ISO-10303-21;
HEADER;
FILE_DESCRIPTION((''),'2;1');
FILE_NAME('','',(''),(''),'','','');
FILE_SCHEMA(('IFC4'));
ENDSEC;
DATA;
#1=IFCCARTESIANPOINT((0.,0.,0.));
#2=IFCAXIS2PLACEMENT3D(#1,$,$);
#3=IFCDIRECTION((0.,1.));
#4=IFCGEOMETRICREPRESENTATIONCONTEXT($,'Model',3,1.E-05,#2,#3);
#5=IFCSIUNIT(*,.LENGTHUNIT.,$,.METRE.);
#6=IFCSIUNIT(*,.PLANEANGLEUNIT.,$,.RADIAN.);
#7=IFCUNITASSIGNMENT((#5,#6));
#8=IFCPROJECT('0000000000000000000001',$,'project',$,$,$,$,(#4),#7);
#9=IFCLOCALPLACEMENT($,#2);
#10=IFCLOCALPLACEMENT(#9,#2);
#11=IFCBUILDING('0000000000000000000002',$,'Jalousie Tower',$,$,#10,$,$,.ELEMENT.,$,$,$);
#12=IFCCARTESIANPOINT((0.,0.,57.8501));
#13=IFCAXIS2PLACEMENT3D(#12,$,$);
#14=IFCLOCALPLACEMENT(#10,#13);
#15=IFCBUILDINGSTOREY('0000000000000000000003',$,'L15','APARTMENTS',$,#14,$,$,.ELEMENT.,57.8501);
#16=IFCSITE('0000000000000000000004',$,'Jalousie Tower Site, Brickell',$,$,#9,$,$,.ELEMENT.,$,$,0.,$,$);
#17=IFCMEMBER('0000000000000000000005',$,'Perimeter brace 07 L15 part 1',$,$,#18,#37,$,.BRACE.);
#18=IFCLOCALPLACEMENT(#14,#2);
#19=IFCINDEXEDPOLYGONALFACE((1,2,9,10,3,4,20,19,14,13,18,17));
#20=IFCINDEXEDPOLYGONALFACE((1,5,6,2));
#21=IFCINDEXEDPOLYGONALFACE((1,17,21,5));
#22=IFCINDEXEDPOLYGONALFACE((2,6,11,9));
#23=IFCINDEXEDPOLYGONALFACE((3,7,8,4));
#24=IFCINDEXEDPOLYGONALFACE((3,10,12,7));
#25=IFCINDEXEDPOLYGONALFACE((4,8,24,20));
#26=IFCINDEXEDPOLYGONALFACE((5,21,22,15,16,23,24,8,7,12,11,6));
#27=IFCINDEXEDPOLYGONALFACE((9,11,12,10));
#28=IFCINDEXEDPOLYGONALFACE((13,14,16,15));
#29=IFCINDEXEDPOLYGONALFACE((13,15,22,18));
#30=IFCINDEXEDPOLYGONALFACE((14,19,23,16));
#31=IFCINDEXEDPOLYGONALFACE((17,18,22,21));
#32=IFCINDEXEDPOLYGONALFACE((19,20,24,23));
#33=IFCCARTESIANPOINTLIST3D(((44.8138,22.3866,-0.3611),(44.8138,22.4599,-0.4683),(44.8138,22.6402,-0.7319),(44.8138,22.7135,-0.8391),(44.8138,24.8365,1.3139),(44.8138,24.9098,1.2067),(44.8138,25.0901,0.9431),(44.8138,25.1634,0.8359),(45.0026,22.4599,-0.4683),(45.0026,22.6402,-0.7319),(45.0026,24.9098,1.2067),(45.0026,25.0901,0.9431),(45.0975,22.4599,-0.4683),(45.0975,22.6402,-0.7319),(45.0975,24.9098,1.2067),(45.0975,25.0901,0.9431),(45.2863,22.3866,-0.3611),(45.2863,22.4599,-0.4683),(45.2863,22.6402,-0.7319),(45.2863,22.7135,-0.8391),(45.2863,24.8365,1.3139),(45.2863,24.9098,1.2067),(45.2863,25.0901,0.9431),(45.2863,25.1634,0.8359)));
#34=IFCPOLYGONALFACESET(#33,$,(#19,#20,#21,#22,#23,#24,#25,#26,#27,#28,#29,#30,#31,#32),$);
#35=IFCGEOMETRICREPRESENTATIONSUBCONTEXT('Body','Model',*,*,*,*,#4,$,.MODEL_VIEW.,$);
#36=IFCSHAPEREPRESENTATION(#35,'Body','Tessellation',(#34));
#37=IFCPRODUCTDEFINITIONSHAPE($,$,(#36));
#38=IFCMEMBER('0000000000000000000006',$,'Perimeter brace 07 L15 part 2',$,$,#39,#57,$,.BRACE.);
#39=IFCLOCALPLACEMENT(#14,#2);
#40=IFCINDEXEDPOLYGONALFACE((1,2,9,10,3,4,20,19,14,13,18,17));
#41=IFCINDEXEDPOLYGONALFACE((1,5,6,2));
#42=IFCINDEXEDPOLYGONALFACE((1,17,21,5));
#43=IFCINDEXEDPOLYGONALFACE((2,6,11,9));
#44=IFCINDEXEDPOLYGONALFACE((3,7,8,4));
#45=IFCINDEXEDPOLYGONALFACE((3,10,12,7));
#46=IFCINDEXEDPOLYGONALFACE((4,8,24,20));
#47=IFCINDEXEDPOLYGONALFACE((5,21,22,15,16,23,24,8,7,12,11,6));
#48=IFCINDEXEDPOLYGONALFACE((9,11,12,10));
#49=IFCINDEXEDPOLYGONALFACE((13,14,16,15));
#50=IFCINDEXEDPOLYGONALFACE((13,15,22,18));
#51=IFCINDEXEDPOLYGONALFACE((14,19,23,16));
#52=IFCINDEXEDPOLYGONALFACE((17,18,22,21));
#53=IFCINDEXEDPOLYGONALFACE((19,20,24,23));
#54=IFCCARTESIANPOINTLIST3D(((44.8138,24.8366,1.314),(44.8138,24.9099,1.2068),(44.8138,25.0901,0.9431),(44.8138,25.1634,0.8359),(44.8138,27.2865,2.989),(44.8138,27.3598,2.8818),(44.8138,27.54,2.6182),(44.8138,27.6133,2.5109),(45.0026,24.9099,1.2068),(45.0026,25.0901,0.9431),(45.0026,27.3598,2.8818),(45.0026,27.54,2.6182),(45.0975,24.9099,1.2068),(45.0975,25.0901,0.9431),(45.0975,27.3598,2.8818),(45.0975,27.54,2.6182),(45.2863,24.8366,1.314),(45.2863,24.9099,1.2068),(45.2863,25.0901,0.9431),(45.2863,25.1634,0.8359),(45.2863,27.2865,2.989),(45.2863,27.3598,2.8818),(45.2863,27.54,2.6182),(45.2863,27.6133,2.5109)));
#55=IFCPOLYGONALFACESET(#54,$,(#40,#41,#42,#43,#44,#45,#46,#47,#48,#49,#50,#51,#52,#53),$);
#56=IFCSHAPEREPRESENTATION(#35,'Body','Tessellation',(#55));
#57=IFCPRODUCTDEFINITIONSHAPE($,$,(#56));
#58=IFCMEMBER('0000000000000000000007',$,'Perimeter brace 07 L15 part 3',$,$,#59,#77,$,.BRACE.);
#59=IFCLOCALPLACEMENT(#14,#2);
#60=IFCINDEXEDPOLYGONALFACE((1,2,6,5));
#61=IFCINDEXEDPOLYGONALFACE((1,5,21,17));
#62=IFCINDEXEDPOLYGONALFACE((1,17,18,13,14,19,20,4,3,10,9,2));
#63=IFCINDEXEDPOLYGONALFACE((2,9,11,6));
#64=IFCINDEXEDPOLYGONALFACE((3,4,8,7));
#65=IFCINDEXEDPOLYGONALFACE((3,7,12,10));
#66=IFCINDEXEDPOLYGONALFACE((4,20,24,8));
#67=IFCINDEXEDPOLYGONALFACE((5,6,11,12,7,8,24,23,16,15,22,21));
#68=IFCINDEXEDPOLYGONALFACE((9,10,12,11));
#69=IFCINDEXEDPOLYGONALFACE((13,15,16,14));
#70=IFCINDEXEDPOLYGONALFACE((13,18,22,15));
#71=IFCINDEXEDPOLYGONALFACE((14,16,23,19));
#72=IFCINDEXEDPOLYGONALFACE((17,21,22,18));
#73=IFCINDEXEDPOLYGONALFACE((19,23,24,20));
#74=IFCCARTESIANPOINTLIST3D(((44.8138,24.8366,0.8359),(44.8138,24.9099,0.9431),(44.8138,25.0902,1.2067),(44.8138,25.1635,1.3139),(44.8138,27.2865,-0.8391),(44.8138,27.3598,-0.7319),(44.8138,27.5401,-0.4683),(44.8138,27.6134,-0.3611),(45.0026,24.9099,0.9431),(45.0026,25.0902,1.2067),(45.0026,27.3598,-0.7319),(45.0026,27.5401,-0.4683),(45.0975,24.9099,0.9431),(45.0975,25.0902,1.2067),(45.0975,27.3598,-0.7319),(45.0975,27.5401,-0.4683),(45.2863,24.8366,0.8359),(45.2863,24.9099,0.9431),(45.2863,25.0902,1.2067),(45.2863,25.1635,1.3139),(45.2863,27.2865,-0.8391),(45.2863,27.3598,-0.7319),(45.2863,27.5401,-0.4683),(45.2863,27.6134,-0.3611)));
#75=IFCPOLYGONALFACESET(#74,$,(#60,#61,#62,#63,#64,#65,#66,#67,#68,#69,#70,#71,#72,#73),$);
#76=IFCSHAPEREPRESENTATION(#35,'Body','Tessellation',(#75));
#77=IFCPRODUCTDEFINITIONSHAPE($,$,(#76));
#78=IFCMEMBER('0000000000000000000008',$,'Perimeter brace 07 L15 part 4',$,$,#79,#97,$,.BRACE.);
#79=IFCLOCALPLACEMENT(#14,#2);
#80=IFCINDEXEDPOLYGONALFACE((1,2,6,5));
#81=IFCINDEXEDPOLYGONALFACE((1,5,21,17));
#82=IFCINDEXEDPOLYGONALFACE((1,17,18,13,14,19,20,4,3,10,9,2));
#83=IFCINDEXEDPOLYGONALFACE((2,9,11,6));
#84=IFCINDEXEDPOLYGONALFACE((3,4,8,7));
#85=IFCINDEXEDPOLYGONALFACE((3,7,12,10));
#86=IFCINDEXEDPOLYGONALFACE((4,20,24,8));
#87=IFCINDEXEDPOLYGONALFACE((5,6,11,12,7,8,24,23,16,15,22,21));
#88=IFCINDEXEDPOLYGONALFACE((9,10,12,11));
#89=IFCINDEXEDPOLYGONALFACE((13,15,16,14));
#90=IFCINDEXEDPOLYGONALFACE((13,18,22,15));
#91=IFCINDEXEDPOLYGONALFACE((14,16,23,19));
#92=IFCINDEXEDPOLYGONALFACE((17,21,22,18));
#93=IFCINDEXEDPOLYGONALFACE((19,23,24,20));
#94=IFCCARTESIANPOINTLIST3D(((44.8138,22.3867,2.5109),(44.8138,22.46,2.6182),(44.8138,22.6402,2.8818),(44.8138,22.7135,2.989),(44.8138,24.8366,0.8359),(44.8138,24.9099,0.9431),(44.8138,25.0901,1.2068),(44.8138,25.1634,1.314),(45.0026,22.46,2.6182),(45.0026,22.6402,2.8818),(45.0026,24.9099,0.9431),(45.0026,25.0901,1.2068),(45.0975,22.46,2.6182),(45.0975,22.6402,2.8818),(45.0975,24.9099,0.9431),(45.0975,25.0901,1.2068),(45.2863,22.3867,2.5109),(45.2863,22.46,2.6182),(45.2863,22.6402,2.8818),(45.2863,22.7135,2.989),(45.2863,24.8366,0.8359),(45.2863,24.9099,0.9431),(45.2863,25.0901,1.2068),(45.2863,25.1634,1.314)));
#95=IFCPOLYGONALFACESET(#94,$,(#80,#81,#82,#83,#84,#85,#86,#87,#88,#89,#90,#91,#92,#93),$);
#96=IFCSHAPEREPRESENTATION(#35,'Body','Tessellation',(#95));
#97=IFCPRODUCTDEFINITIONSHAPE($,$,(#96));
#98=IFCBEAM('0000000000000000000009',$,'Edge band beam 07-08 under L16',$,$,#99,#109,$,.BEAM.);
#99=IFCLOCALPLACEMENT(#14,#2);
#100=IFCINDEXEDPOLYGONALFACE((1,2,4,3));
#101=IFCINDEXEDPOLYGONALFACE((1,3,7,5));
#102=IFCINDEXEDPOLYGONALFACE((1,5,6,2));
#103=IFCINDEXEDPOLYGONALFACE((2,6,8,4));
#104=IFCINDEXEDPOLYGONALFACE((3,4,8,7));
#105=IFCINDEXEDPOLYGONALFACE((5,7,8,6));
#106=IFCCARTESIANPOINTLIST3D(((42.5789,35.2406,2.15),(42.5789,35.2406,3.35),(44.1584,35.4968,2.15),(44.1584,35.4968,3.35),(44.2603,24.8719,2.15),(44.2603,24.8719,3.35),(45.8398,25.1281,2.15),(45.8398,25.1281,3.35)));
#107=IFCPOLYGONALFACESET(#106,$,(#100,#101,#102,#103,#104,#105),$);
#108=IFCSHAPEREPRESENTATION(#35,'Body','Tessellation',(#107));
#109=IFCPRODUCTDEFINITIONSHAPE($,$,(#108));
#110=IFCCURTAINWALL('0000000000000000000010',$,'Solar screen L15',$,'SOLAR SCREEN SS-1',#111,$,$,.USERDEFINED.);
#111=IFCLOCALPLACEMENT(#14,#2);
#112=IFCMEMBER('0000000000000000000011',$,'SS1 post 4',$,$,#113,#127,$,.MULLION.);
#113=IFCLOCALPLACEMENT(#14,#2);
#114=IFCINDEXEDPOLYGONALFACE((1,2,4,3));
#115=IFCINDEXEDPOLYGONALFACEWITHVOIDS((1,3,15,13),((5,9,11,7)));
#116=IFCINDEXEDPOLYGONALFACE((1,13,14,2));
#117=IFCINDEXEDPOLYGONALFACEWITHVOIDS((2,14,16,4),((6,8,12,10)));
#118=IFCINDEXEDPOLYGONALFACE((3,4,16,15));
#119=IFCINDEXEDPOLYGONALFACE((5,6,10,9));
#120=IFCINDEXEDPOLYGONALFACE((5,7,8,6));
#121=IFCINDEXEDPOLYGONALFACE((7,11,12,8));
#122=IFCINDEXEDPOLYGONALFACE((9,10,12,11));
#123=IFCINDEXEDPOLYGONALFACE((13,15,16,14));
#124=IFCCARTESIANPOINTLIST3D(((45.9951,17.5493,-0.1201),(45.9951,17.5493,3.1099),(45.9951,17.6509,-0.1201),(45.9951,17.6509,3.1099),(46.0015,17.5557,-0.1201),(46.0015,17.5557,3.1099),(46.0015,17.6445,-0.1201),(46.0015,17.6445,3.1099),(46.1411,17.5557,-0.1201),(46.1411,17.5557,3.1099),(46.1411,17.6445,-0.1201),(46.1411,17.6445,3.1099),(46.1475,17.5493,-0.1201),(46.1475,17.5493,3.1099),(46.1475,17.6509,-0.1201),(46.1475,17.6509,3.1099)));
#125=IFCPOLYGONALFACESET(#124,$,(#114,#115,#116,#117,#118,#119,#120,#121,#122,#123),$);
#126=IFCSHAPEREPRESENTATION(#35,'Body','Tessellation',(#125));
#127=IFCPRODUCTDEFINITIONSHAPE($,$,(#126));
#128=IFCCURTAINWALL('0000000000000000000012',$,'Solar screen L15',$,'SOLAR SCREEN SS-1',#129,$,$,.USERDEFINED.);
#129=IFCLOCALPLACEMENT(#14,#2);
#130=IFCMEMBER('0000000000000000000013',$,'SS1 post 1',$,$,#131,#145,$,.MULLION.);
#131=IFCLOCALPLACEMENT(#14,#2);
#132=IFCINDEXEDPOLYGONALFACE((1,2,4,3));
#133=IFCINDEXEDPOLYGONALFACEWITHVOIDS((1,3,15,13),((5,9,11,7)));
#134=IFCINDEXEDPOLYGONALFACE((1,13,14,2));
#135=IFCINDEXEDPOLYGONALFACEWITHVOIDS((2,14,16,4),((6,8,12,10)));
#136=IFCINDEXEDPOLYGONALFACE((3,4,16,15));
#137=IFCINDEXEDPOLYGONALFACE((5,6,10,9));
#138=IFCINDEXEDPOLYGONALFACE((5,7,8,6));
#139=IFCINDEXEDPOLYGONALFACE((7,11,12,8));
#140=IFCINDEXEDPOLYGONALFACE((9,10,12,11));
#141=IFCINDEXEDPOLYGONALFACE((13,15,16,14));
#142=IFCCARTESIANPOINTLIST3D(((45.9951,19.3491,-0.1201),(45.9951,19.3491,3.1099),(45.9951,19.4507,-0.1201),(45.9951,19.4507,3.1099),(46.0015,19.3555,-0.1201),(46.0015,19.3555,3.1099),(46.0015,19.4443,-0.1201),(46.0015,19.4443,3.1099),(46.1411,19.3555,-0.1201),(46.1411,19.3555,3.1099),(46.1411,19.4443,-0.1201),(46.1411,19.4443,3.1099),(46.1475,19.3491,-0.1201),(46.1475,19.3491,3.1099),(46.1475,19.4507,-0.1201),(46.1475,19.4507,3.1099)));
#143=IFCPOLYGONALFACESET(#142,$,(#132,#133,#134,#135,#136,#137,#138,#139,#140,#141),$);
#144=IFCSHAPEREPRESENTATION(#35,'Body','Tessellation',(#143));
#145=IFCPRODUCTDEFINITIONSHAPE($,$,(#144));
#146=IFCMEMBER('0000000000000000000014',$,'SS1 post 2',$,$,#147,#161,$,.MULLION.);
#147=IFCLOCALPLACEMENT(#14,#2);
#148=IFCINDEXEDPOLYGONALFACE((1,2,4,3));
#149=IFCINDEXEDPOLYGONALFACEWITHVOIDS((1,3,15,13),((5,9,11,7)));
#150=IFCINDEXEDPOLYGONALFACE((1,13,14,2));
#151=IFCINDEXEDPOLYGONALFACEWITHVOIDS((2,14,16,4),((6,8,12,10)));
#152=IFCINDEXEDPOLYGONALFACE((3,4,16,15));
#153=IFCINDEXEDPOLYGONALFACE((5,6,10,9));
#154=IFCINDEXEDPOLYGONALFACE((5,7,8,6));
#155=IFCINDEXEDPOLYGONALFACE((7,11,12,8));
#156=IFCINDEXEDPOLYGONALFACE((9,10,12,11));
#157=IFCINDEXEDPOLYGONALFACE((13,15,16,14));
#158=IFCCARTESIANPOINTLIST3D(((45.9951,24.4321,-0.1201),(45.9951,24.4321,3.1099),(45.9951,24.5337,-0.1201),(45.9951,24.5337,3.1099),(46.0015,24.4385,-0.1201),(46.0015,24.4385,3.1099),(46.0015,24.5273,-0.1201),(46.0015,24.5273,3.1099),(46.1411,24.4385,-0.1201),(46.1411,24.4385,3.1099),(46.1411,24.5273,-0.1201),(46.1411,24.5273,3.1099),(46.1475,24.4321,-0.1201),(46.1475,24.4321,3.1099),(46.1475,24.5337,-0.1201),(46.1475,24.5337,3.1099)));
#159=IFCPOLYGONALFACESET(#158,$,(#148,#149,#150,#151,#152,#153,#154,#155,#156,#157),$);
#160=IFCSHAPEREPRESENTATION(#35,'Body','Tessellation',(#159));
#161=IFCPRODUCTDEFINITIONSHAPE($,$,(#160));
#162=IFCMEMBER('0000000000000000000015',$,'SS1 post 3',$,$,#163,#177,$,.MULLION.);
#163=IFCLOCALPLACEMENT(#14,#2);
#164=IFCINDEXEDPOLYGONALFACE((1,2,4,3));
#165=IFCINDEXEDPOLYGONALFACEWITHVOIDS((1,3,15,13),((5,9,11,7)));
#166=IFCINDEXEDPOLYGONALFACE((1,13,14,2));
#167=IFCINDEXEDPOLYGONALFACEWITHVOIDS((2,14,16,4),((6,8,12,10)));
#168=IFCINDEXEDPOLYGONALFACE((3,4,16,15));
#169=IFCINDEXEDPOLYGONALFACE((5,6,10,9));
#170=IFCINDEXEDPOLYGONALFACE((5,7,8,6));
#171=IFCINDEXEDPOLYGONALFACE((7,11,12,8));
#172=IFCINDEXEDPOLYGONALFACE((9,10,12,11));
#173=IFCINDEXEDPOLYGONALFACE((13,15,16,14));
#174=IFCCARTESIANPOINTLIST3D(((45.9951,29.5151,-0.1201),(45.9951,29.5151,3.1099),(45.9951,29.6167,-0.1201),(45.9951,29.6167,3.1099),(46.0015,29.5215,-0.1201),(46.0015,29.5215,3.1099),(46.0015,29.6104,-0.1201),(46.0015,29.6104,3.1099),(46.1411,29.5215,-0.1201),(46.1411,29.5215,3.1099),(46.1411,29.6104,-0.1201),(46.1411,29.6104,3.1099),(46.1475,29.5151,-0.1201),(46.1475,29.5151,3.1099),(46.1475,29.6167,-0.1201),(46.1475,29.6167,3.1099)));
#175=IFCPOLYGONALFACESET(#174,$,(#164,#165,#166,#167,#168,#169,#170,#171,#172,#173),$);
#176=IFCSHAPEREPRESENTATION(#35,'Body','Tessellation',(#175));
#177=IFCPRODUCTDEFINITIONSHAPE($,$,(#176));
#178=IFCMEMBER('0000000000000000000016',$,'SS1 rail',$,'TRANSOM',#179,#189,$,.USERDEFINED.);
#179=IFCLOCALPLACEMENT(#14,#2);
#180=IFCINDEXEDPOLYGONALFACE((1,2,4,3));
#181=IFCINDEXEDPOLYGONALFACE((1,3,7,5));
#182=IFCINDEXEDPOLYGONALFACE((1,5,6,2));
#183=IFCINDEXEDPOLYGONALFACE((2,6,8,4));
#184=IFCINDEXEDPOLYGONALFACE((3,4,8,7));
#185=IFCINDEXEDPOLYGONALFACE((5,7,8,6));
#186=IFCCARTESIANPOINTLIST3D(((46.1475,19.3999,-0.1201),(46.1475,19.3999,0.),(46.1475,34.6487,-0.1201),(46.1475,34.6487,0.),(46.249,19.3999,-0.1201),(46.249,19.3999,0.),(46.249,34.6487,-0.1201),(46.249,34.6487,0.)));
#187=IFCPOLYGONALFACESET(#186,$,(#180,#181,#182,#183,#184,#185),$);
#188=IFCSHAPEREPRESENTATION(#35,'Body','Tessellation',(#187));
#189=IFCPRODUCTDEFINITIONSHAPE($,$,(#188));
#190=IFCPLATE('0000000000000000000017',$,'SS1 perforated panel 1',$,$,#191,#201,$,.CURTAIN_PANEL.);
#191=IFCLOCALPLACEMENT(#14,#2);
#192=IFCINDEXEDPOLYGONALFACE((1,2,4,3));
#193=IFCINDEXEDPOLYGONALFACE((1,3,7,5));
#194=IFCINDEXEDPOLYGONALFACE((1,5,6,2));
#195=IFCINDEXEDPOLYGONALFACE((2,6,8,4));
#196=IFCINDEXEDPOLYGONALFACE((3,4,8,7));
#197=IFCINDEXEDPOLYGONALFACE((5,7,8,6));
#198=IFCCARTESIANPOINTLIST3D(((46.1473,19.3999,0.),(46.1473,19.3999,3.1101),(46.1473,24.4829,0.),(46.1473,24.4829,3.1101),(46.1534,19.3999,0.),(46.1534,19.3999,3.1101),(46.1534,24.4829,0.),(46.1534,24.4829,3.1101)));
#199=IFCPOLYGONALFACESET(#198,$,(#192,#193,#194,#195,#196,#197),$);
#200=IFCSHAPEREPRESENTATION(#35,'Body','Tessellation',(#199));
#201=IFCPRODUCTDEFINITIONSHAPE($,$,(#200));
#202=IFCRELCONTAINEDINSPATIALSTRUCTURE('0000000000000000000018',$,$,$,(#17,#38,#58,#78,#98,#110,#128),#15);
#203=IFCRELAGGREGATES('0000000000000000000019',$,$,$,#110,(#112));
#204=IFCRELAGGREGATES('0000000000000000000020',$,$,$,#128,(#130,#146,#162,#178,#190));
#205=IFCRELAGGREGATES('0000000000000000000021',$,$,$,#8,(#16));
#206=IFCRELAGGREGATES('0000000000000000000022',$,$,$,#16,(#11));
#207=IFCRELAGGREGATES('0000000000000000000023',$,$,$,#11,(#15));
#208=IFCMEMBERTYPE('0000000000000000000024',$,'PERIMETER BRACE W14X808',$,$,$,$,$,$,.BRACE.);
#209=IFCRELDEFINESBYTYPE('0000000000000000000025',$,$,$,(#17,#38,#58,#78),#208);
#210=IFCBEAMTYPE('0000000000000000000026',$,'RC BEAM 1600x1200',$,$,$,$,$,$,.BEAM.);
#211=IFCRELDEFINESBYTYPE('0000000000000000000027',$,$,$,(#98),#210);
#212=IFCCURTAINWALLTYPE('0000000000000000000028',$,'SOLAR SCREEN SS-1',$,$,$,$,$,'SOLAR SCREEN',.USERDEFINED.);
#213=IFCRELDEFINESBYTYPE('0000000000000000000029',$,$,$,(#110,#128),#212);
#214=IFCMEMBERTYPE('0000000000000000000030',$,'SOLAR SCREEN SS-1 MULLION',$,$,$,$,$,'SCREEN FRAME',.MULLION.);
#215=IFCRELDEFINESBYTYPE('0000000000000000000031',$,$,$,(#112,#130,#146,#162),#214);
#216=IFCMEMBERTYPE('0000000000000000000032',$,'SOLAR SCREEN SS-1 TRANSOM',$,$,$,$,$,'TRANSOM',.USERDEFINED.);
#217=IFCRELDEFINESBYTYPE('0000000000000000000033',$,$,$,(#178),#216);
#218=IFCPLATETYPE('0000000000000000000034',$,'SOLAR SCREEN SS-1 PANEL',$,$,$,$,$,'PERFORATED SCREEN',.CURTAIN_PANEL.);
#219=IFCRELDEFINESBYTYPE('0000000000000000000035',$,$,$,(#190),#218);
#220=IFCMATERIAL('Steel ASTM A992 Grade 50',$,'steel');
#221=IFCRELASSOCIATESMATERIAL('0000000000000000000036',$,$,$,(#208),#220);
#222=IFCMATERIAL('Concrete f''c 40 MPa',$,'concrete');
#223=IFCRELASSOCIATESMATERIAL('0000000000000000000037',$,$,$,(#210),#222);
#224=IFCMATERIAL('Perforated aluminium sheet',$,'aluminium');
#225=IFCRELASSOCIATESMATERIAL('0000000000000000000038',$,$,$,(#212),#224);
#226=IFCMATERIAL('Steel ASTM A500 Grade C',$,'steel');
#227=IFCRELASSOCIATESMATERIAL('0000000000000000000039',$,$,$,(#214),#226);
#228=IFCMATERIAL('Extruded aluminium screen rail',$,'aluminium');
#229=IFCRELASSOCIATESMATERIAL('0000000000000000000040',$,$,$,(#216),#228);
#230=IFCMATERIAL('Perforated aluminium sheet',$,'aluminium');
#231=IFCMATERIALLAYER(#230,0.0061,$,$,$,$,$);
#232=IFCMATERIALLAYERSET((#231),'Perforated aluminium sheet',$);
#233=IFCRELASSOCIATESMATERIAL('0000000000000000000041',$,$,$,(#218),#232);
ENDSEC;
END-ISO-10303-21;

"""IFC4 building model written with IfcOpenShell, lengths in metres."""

from ifc_helpers import new_model, si_unit, direction, frame, origin, origin_2d, place, context, subcontext, project, spatial, rectangle, hollow_rectangle, i_section, extrude, material, layer, layer_set, material_profile, profile_set, type_object, element, aggregate, save


model = new_model("IFC4")

# Units and contexts
model_context = context("Model", 3, precision=1e-05, world=origin(), true_north=direction((0.0, 1.0)))
body_context = subcontext(model_context, "Body", "Model", "MODEL_VIEW")
ifc_project = project(units=[si_unit("LENGTHUNIT", "METRE"), si_unit("PLANEANGLEUNIT", "RADIAN")], contexts=[model_context])

# Site, building, storey
site_placement = place(None, origin())
site = spatial("IfcSite", under=ifc_project, at=site_placement, Name="Jalousie Tower Site, Brickell", CompositionType="ELEMENT", RefElevation=0.0)
building_placement = place(site_placement, origin())
building = spatial("IfcBuilding", under=site, at=building_placement, Name="Jalousie Tower", CompositionType="ELEMENT")
storey_placement = place(building_placement, frame((0.0, 0.0, 57.8501)))
storey = spatial("IfcBuildingStorey", under=building, at=storey_placement, Name="L15", Description="APARTMENTS", CompositionType="ELEMENT", Elevation=57.8501)

# Members
ifc_material_1 = material(Name="Steel ASTM A992 Grade 50", Category="steel")
ifc_material_profile_1 = material_profile(ifc_material_1, i_section(OverallWidth=0.4724, OverallDepth=0.5791, WebThickness=0.095, FlangeThickness=0.1299, at=origin_2d()), Name="W14X808")
ifc_profile_set_1 = profile_set([ifc_material_profile_1], Name="Steel ASTM A992 Grade 50")
member_type_1 = type_object("IfcMemberType", Name="PERIMETER BRACE W14X808", PredefinedType="BRACE", material=ifc_profile_set_1)
for number, where, z_axis, x_axis, name in (
    (1, (45.05, 22.55, -0.6001), (0.0, 0.825501, 0.564401), (-1.0, 0.0, 0.0), "Perimeter brace 07 L15 part 1"),
    (2, (45.05, 25.0, 1.075), (0.0, 0.825501, 0.564401), (-1.0, 0.0, 0.0), "Perimeter brace 07 L15 part 2"),
    (3, (45.05, 27.45, -0.6001), (0.0, -0.825501, 0.564401), (1.0, 0.0, 0.0), "Perimeter brace 07 L15 part 3"),
    (4, (45.05, 25.0, 1.075), (0.0, -0.825501, 0.564401), (1.0, 0.0, 0.0), "Perimeter brace 07 L15 part 4"),
):
    element("IfcMember", number, at=place(storey_placement, frame(where, z_axis=z_axis, x_axis=x_axis)), inside=storey, type_object=member_type_1, Name=name, PredefinedType="BRACE", context=body_context, shape_type="SweptSolid", body=[
        extrude(i_section(OverallWidth=0.4724, OverallDepth=0.5791, WebThickness=0.095, FlangeThickness=0.1299, at=origin_2d()), origin(), (0.0, 0.0, 1.0), 2.9678),
    ])

# Beam
ifc_material_2 = material(Name="Concrete f'c 40 MPa", Category="concrete")
ifc_material_profile_2 = material_profile(ifc_material_2, rectangle(XDim=1.6001, YDim=1.2, at=origin_2d()), Name="RC 1600x1200")
ifc_profile_set_2 = profile_set([ifc_material_profile_2], Name="Concrete f'c 40 MPa")
beam_type = type_object("IfcBeamType", Name="RC BEAM 1600x1200", PredefinedType="BEAM", material=ifc_profile_set_2)
beam_placement = place(storey_placement, frame((45.05, 25.0, 2.75), z_axis=(-0.160071, 0.987106, 0.0), x_axis=(-0.987106, -0.160071, 0.0)))
element("IfcBeam", 5, at=beam_placement, inside=storey, type_object=beam_type, Name="Edge band beam 07-08 under L16", PredefinedType="BEAM", context=body_context, shape_type="SweptSolid", body=[
    extrude(rectangle(XDim=1.6001, YDim=1.2, at=origin_2d()), origin(), (0.0, 0.0, 1.0), 10.5042),
])

# Curtain wall, member
ifc_material_3 = material(Name="Perforated aluminium sheet", Category="aluminium")
curtain_wall_type = type_object("IfcCurtainWallType", Name="SOLAR SCREEN SS-1", ElementType="SOLAR SCREEN", PredefinedType="USERDEFINED", material=ifc_material_3)
curtain_wall_1_placement = place(storey_placement, origin())
curtain_wall_1 = element("IfcCurtainWall", 6, at=curtain_wall_1_placement, inside=storey, type_object=curtain_wall_type, Name="Solar screen L15", ObjectType="SOLAR SCREEN SS-1", PredefinedType="USERDEFINED")
ifc_material_4 = material(Name="Steel ASTM A500 Grade C", Category="steel")
ifc_material_profile_3 = material_profile(ifc_material_4, hollow_rectangle(XDim=0.1016, YDim=0.1523, WallThickness=0.0063, at=origin_2d()), Name="HSS6X4X1/4")
ifc_profile_set_3 = profile_set([ifc_material_profile_3], Name="Steel ASTM A500 Grade C")
member_type_2 = type_object("IfcMemberType", Name="SOLAR SCREEN SS-1 MULLION", ElementType="SCREEN FRAME", PredefinedType="MULLION", material=ifc_profile_set_3)
member_1_placement = place(storey_placement, frame((46.0713, 17.6001, -0.1201), z_axis=(0.0, 0.0, 1.0), x_axis=(0.0, 1.0, 0.0)))
member_1 = element("IfcMember", 7, at=member_1_placement, type_object=member_type_2, Name="SS1 post 4", PredefinedType="MULLION", context=body_context, shape_type="SweptSolid", body=[
    extrude(hollow_rectangle(XDim=0.1016, YDim=0.1523, WallThickness=0.0063, at=origin_2d()), origin(), (0.0, 0.0, 1.0), 3.23),
])
aggregate(curtain_wall_1, [member_1])

# Curtain wall, members, plate
curtain_wall_2_placement = place(storey_placement, origin())
curtain_wall_2 = element("IfcCurtainWall", 8, at=curtain_wall_2_placement, inside=storey, type_object=curtain_wall_type, Name="Solar screen L15", ObjectType="SOLAR SCREEN SS-1", PredefinedType="USERDEFINED")
member_2_placement = place(storey_placement, frame((46.0713, 19.3999, -0.1201), z_axis=(0.0, 0.0, 1.0), x_axis=(0.0, 1.0, 0.0)))
member_2 = element("IfcMember", 9, at=member_2_placement, type_object=member_type_2, Name="SS1 post 1", PredefinedType="MULLION", context=body_context, shape_type="SweptSolid", body=[
    extrude(hollow_rectangle(XDim=0.1016, YDim=0.1523, WallThickness=0.0063, at=origin_2d()), origin(), (0.0, 0.0, 1.0), 3.23),
])
member_3_placement = place(storey_placement, frame((46.0713, 24.4829, -0.1201), z_axis=(0.0, 0.0, 1.0), x_axis=(0.0, 1.0, 0.0)))
member_3 = element("IfcMember", 10, at=member_3_placement, type_object=member_type_2, Name="SS1 post 2", PredefinedType="MULLION", context=body_context, shape_type="SweptSolid", body=[
    extrude(hollow_rectangle(XDim=0.1016, YDim=0.1523, WallThickness=0.0063, at=origin_2d()), origin(), (0.0, 0.0, 1.0), 3.23),
])
member_4_placement = place(storey_placement, frame((46.0713, 29.5659, -0.1201), z_axis=(0.0, 0.0, 1.0), x_axis=(0.0, 1.0, 0.0)))
member_4 = element("IfcMember", 11, at=member_4_placement, type_object=member_type_2, Name="SS1 post 3", PredefinedType="MULLION", context=body_context, shape_type="SweptSolid", body=[
    extrude(hollow_rectangle(XDim=0.1016, YDim=0.1523, WallThickness=0.0063, at=origin_2d()), origin(), (0.0, 0.0, 1.0), 3.23),
])
ifc_material_5 = material(Name="Extruded aluminium screen rail", Category="aluminium")
ifc_material_profile_4 = material_profile(ifc_material_5, rectangle(XDim=0.1016, YDim=0.1201, at=origin_2d()), Name="RAIL 102x120")
ifc_profile_set_4 = profile_set([ifc_material_profile_4], Name="Extruded aluminium screen rail")
member_type_3 = type_object("IfcMemberType", Name="SOLAR SCREEN SS-1 TRANSOM", ElementType="TRANSOM", PredefinedType="USERDEFINED", material=ifc_profile_set_4)
member_5_placement = place(storey_placement, frame((46.1982, 19.3999, -0.0601), z_axis=(0.0, 1.0, 0.0), x_axis=(-1.0, 0.0, 0.0)))
member_5 = element("IfcMember", 12, at=member_5_placement, type_object=member_type_3, Name="SS1 rail", ObjectType="TRANSOM", PredefinedType="USERDEFINED", context=body_context, shape_type="SweptSolid", body=[
    extrude(rectangle(XDim=0.1016, YDim=0.1201, at=origin_2d()), origin(), (0.0, 0.0, 1.0), 15.2488),
])
ifc_material_6 = material(Name="Perforated aluminium sheet", Category="aluminium")
ifc_layer_1 = layer(ifc_material_6, 0.0061)
ifc_layer_set_1 = layer_set([ifc_layer_1], Name="Perforated aluminium sheet")
plate_type = type_object("IfcPlateType", Name="SOLAR SCREEN SS-1 PANEL", ElementType="PERFORATED SCREEN", PredefinedType="CURTAIN_PANEL", material=ifc_layer_set_1)
plate_1_placement = place(storey_placement, frame((46.1504, 21.9414, 0.0), z_axis=(0.0, 0.0, 1.0), x_axis=(0.0, 1.0, 0.0)))
plate_1 = element("IfcPlate", 13, at=plate_1_placement, type_object=plate_type, Name="SS1 perforated panel 1", PredefinedType="CURTAIN_PANEL", context=body_context, shape_type="SweptSolid", body=[
    extrude(rectangle(XDim=5.083, YDim=0.0061, at=origin_2d()), origin(), (0.0, 0.0, 1.0), 3.1101),
])
aggregate(curtain_wall_2, [member_2, member_3, member_4, member_5, plate_1])

save(model, "model.ifc")
